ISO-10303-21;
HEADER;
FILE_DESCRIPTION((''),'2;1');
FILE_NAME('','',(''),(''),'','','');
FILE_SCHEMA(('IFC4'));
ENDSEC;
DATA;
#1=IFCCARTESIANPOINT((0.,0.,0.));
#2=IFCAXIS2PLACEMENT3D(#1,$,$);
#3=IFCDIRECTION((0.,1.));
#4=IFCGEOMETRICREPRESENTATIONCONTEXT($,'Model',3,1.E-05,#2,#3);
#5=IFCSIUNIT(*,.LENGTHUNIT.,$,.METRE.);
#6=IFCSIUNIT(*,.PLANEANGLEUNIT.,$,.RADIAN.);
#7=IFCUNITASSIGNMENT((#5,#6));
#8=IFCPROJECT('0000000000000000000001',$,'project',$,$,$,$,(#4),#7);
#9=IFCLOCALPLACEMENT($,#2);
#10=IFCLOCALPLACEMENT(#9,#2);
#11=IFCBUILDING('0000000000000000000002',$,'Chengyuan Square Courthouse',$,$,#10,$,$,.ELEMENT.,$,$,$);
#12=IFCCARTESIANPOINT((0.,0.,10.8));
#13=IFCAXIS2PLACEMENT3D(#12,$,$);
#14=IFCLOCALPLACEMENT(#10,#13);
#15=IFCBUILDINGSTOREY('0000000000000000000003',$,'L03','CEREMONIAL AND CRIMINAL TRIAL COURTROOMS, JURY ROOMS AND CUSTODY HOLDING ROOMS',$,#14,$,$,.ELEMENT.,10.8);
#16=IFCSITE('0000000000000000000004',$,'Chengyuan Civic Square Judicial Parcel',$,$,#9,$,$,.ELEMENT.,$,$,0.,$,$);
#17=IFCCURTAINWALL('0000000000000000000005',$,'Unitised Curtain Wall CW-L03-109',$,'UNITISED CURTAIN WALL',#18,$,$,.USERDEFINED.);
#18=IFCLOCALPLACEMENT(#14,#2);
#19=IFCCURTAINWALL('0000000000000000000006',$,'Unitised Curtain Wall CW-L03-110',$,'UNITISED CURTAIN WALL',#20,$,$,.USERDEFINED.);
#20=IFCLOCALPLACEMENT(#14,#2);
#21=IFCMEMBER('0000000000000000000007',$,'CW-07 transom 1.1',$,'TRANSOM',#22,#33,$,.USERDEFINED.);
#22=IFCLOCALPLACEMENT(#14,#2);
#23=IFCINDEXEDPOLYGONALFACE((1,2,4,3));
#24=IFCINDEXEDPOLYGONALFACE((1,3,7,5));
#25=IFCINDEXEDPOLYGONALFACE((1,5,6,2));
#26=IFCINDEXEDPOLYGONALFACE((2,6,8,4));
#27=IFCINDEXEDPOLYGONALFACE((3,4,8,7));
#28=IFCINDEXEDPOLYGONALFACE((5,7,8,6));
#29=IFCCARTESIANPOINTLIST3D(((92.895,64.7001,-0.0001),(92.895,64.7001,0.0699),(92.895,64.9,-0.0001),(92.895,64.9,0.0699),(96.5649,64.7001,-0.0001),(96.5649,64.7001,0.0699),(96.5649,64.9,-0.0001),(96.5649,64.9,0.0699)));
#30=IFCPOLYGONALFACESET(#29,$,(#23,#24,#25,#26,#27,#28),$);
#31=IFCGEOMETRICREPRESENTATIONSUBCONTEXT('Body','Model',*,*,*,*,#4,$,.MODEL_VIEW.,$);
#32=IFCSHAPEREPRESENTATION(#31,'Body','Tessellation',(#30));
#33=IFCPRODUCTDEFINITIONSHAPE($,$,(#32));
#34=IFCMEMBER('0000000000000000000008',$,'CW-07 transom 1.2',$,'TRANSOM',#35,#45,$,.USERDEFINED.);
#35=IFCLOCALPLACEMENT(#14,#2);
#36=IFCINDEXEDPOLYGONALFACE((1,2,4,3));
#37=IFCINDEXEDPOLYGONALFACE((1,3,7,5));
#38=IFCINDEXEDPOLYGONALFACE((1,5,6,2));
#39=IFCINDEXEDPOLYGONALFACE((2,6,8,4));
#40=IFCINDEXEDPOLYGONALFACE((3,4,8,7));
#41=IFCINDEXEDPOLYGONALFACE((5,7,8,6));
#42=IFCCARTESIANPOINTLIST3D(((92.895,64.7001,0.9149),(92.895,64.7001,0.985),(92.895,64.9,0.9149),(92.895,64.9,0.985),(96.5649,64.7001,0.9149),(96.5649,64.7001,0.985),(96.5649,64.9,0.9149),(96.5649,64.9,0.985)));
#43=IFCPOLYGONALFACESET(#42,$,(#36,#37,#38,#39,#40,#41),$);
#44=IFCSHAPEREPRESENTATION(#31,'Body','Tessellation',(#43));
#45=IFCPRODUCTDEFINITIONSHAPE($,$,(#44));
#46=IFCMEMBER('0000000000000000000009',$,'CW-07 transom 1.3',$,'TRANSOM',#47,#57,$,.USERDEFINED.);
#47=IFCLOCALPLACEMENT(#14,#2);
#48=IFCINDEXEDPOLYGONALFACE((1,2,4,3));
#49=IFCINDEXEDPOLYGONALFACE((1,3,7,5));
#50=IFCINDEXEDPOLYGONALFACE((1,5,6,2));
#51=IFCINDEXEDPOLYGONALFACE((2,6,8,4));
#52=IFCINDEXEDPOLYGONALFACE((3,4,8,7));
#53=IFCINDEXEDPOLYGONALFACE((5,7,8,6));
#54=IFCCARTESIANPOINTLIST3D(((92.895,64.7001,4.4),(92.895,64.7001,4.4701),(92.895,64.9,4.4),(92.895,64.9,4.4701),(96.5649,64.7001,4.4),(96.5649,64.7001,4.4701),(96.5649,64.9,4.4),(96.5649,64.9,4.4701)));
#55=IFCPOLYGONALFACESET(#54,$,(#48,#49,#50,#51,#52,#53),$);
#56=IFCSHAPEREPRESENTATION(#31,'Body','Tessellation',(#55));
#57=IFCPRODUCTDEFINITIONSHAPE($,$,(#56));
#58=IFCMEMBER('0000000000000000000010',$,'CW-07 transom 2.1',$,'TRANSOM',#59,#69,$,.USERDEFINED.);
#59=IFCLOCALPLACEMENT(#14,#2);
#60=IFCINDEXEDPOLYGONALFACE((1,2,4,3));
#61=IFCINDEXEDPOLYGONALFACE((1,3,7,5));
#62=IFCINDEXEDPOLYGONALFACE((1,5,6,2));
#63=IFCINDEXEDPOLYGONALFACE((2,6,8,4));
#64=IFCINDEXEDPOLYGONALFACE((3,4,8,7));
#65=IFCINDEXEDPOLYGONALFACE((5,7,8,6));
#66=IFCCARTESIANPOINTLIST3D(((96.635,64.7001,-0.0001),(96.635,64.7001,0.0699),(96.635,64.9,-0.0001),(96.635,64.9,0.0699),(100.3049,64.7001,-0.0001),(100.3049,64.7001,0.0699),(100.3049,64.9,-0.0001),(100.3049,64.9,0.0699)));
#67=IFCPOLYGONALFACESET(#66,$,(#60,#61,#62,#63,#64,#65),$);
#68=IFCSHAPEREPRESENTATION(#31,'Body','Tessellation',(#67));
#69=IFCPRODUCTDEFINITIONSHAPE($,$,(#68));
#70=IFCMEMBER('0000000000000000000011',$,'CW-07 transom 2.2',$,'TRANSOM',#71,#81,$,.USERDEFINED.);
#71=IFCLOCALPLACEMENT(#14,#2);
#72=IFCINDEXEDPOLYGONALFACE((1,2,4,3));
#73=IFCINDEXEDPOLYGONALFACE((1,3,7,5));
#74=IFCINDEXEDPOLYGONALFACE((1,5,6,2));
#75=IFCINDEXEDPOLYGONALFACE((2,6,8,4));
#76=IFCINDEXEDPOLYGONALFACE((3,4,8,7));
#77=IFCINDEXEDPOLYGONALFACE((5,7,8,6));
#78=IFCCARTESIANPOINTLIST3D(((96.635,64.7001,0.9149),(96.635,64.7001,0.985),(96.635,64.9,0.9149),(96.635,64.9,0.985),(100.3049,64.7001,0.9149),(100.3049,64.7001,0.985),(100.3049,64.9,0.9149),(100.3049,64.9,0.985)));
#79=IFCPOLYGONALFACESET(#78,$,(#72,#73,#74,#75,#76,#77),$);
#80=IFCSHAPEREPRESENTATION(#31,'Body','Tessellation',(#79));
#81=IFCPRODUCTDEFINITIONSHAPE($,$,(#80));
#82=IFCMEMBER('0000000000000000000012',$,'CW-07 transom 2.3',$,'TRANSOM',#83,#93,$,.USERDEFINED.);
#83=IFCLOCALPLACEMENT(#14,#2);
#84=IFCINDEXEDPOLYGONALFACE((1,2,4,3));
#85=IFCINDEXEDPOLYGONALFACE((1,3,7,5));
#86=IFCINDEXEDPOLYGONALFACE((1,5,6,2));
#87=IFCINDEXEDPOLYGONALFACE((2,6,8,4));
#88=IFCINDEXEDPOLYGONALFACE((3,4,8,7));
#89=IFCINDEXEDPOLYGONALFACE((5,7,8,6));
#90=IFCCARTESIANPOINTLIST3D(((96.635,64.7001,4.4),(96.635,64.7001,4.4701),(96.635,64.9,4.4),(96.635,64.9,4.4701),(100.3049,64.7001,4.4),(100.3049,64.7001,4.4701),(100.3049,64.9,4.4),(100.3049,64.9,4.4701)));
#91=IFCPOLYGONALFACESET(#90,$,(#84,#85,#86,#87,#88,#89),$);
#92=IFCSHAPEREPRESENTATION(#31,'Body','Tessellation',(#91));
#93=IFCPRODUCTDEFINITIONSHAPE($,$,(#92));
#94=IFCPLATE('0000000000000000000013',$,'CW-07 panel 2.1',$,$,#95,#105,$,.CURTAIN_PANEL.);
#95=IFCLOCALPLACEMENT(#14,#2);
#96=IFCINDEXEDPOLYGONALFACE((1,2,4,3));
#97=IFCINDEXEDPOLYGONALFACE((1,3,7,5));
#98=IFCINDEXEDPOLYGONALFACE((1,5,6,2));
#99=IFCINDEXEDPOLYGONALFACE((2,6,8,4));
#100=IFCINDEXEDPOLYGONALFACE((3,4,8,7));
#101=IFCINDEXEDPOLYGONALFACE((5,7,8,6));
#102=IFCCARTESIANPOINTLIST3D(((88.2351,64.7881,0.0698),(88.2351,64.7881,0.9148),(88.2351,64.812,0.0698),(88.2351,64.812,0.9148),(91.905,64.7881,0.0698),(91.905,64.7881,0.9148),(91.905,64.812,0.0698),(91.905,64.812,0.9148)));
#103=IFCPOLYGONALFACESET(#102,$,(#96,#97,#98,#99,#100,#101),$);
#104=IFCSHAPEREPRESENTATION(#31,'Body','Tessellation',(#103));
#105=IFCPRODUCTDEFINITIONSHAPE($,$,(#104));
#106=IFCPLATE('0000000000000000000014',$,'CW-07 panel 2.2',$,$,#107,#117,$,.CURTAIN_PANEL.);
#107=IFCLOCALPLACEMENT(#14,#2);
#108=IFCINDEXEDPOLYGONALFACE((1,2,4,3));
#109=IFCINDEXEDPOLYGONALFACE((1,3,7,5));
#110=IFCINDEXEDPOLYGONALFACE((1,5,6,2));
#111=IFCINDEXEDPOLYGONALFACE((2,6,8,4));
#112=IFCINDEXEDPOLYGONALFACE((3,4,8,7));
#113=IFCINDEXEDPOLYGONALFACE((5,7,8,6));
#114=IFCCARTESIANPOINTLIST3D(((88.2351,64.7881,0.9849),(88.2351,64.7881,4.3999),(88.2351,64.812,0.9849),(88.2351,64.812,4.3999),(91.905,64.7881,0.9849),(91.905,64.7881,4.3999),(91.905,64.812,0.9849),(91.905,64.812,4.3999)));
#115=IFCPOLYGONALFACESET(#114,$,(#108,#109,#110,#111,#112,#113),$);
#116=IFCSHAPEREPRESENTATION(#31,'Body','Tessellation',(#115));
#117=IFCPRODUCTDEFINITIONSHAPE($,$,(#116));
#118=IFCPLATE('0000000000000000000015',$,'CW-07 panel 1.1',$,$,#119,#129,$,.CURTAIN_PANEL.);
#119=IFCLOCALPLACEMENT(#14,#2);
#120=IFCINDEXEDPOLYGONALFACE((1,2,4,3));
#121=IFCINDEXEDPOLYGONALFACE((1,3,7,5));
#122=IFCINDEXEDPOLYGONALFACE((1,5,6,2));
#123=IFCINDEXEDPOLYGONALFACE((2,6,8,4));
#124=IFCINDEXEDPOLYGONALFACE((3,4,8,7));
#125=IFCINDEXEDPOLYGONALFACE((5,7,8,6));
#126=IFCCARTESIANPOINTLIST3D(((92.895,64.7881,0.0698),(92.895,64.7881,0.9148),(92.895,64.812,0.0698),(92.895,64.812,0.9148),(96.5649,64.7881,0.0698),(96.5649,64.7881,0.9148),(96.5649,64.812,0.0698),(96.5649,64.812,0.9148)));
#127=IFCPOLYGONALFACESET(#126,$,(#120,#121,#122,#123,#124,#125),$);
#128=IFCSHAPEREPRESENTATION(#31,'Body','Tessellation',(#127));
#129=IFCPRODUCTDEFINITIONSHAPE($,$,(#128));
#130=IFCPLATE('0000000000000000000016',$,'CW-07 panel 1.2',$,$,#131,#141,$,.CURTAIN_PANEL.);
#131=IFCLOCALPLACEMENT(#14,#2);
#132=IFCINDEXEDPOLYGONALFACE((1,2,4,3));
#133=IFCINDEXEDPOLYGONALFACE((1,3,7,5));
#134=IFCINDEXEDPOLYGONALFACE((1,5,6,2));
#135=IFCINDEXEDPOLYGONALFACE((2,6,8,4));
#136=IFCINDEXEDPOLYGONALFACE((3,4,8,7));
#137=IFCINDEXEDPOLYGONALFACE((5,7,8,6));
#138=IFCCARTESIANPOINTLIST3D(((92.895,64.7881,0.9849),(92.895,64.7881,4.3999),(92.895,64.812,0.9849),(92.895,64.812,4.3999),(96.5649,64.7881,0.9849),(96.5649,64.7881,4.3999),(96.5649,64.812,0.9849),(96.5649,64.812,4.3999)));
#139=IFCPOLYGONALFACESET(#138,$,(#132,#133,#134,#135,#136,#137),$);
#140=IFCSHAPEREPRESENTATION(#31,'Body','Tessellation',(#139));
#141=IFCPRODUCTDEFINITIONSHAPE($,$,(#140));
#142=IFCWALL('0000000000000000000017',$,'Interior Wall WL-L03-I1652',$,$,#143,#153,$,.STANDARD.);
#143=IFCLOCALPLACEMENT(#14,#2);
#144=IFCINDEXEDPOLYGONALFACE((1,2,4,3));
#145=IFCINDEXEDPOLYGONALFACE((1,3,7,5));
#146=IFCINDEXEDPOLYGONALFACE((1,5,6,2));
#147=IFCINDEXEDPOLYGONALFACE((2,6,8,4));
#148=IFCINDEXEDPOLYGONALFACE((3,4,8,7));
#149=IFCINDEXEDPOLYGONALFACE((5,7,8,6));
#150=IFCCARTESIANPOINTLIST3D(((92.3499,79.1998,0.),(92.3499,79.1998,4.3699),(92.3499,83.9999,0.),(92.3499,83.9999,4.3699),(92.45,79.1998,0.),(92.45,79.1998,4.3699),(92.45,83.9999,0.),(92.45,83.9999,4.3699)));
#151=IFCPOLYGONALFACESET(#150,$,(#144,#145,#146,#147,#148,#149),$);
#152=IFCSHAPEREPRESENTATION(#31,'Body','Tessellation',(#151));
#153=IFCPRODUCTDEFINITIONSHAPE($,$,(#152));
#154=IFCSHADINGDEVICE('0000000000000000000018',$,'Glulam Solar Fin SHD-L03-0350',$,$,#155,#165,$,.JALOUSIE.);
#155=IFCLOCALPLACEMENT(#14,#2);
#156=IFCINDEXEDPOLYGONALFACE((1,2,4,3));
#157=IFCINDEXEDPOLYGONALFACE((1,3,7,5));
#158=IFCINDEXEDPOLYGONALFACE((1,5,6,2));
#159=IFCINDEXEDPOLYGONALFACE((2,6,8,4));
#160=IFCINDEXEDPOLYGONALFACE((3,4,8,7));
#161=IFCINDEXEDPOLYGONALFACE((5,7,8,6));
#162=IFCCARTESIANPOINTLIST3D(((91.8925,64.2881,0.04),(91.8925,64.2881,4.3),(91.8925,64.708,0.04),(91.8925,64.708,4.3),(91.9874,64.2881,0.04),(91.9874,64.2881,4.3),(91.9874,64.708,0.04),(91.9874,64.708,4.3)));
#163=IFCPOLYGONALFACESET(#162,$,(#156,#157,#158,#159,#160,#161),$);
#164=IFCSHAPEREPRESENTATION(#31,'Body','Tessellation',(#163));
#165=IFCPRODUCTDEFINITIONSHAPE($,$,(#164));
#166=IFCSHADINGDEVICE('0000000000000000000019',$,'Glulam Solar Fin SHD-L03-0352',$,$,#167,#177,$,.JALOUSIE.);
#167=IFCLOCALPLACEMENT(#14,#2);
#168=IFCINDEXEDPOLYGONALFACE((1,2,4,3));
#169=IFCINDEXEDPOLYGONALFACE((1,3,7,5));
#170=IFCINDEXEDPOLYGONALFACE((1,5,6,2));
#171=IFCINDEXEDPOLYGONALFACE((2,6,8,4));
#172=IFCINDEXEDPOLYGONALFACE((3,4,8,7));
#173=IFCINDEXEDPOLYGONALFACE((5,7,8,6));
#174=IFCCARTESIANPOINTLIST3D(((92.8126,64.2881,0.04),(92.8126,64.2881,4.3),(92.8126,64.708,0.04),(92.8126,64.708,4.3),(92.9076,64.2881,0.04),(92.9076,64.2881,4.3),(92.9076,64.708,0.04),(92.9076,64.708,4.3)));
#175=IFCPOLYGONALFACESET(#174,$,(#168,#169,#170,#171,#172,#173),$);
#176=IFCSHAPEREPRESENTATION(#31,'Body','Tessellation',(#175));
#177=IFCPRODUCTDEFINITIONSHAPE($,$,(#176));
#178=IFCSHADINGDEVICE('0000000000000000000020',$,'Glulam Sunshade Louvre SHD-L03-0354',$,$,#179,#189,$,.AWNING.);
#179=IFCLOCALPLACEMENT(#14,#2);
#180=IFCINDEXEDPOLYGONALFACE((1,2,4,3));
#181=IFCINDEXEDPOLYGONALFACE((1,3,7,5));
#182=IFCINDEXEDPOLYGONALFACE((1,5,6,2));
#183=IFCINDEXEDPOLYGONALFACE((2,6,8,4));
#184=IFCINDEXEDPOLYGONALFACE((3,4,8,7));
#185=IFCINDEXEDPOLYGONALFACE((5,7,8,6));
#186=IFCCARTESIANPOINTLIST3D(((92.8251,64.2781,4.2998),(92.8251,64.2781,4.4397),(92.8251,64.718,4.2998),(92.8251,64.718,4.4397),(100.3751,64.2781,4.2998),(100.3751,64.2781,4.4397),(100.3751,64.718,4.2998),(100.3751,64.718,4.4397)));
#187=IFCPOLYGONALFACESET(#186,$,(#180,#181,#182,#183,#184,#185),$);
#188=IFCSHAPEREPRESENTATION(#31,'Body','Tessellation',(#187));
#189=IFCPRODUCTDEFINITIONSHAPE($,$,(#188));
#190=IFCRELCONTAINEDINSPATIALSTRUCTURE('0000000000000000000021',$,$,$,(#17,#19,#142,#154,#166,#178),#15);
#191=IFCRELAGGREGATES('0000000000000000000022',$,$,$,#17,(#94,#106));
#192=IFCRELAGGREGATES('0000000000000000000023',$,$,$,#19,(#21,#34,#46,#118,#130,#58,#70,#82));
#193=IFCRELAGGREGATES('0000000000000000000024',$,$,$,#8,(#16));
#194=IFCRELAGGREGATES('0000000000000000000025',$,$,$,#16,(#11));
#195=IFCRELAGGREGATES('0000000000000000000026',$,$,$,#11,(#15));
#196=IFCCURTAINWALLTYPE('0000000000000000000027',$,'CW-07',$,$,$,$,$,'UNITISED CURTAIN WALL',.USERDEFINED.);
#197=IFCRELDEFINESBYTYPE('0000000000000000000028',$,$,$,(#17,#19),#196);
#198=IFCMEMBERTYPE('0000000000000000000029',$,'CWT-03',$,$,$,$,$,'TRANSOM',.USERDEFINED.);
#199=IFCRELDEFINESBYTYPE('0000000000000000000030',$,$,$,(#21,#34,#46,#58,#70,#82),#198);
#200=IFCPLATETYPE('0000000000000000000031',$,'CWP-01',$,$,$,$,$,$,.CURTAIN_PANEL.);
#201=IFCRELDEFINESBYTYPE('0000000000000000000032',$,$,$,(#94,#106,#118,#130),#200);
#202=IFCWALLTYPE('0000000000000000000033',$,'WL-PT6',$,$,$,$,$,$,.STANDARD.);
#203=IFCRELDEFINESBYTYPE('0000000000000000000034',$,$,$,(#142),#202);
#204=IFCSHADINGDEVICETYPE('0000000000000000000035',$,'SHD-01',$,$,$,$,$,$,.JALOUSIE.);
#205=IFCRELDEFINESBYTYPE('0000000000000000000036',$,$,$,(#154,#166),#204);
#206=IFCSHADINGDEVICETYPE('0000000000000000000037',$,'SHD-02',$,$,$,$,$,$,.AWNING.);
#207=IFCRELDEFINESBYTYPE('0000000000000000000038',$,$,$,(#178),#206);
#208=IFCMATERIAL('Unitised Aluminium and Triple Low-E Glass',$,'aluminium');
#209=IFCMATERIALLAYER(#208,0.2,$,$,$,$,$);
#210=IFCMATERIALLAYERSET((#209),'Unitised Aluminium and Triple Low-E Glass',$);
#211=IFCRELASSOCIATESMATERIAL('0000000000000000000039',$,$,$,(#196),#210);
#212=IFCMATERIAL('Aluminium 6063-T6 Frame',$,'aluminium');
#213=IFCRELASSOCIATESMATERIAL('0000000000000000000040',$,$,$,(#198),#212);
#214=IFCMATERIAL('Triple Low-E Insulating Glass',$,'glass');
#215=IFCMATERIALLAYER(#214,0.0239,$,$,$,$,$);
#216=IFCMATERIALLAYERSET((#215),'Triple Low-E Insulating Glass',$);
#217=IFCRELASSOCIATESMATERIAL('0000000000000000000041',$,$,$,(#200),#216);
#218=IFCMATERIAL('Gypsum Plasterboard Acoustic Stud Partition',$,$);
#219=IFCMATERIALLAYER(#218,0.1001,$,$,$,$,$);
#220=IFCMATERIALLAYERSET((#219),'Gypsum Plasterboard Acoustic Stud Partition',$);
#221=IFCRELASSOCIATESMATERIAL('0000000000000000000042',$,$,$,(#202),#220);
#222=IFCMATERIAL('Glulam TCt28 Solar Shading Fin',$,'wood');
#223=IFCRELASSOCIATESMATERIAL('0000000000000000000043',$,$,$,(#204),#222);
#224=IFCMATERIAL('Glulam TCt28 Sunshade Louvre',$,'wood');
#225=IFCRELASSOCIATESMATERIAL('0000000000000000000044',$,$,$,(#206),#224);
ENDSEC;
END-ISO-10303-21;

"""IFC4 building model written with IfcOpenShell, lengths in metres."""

from ifc_helpers import new_model, si_unit, direction, frame, frame_2d, origin, origin_2d, place, context, subcontext, project, spatial, rectangle, extrude, material, layer, layer_set, material_profile, profile_set, type_object, element, aggregate, save


model = new_model("IFC4")

# Units and contexts
model_context = context("Model", 3, precision=1e-05, world=origin(), true_north=direction((0.0, 1.0)))
body_context = subcontext(model_context, "Body", "Model", "MODEL_VIEW")
ifc_project = project(units=[si_unit("LENGTHUNIT", "METRE"), si_unit("PLANEANGLEUNIT", "RADIAN")], contexts=[model_context])

# Site, building, storey
site_placement = place(None, origin())
site = spatial("IfcSite", under=ifc_project, at=site_placement, Name="Chengyuan Civic Square Judicial Parcel", CompositionType="ELEMENT", RefElevation=0.0)
building_placement = place(site_placement, origin())
building = spatial("IfcBuilding", under=site, at=building_placement, Name="Chengyuan Square Courthouse", CompositionType="ELEMENT")
storey_placement = place(building_placement, frame((0.0, 0.0, 10.8)))
storey = spatial("IfcBuildingStorey", under=building, at=storey_placement, Name="L03", Description="CEREMONIAL AND CRIMINAL TRIAL COURTROOMS, JURY ROOMS AND CUSTODY HOLDING ROOMS", CompositionType="ELEMENT", Elevation=10.8)

# Curtain wall
ifc_material_1 = material(Name="Unitised Aluminium and Triple Low-E Glass", Category="aluminium")
ifc_layer_1 = layer(ifc_material_1, 0.2)
ifc_layer_set_1 = layer_set([ifc_layer_1], Name="Unitised Aluminium and Triple Low-E Glass")
curtain_wall_type = type_object("IfcCurtainWallType", Name="CW-07", ElementType="UNITISED CURTAIN WALL", PredefinedType="USERDEFINED", material=ifc_layer_set_1)
curtain_wall_1_placement = place(storey_placement, origin())
curtain_wall_1 = element("IfcCurtainWall", 1, at=curtain_wall_1_placement, inside=storey, type_object=curtain_wall_type, Name="Unitised Curtain Wall CW-L03-109", ObjectType="UNITISED CURTAIN WALL", PredefinedType="USERDEFINED")
ifc_material_2 = material(Name="Aluminium 6063-T6 Frame", Category="aluminium")

# Curtain wall
curtain_wall_2_placement = place(storey_placement, origin())
curtain_wall_2 = element("IfcCurtainWall", 2, at=curtain_wall_2_placement, inside=storey, type_object=curtain_wall_type, Name="Unitised Curtain Wall CW-L03-110", ObjectType="UNITISED CURTAIN WALL", PredefinedType="USERDEFINED")

# Members
ifc_material_profile_1 = material_profile(ifc_material_2, rectangle(XDim=0.2, YDim=0.0701, at=origin_2d()), Name="CW-TRN-70x160")
ifc_profile_set_1 = profile_set([ifc_material_profile_1], Name="Aluminium 6063-T6 Frame")
member_type_1 = type_object("IfcMemberType", Name="CWT-03", ElementType="TRANSOM", PredefinedType="USERDEFINED", material=ifc_profile_set_1)
member_1_placement = place(storey_placement, frame((92.895, 64.8, 0.0349), z_axis=(1.0, 0.0, 0.0), x_axis=(0.0, 1.0, 0.0)))
member_1 = element("IfcMember", 3, at=member_1_placement, type_object=member_type_1, Name="CW-07 transom 1.1", ObjectType="TRANSOM", PredefinedType="USERDEFINED", context=body_context, shape_type="SweptSolid", body=[
    extrude(rectangle(XDim=0.2, YDim=0.0701, at=origin_2d()), origin(), (0.0, 0.0, 1.0), 3.6699),
])
member_2_placement = place(storey_placement, frame((92.895, 64.8, 0.95), z_axis=(1.0, 0.0, 0.0), x_axis=(0.0, 1.0, 0.0)))
member_2 = element("IfcMember", 4, at=member_2_placement, type_object=member_type_1, Name="CW-07 transom 1.2", ObjectType="TRANSOM", PredefinedType="USERDEFINED", context=body_context, shape_type="SweptSolid", body=[
    extrude(rectangle(XDim=0.2, YDim=0.0701, at=origin_2d()), origin(), (0.0, 0.0, 1.0), 3.6699),
])
member_3_placement = place(storey_placement, frame((92.895, 64.8, 4.4351), z_axis=(1.0, 0.0, 0.0), x_axis=(0.0, 1.0, 0.0)))
member_3 = element("IfcMember", 5, at=member_3_placement, type_object=member_type_1, Name="CW-07 transom 1.3", ObjectType="TRANSOM", PredefinedType="USERDEFINED", context=body_context, shape_type="SweptSolid", body=[
    extrude(rectangle(XDim=0.2, YDim=0.0701, at=origin_2d()), origin(), (0.0, 0.0, 1.0), 3.6699),
])
member_4_placement = place(storey_placement, frame((96.635, 64.8, 0.0349), z_axis=(1.0, 0.0, 0.0), x_axis=(0.0, 1.0, 0.0)))
member_4 = element("IfcMember", 6, at=member_4_placement, type_object=member_type_1, Name="CW-07 transom 2.1", ObjectType="TRANSOM", PredefinedType="USERDEFINED", context=body_context, shape_type="SweptSolid", body=[
    extrude(rectangle(XDim=0.2, YDim=0.0701, at=origin_2d()), origin(), (0.0, 0.0, 1.0), 3.6699),
])
member_5_placement = place(storey_placement, frame((96.635, 64.8, 0.95), z_axis=(1.0, 0.0, 0.0), x_axis=(0.0, 1.0, 0.0)))
member_5 = element("IfcMember", 7, at=member_5_placement, type_object=member_type_1, Name="CW-07 transom 2.2", ObjectType="TRANSOM", PredefinedType="USERDEFINED", context=body_context, shape_type="SweptSolid", body=[
    extrude(rectangle(XDim=0.2, YDim=0.0701, at=origin_2d()), origin(), (0.0, 0.0, 1.0), 3.6699),
])
member_6_placement = place(storey_placement, frame((96.635, 64.8, 4.4351), z_axis=(1.0, 0.0, 0.0), x_axis=(0.0, 1.0, 0.0)))
member_6 = element("IfcMember", 8, at=member_6_placement, type_object=member_type_1, Name="CW-07 transom 2.3", ObjectType="TRANSOM", PredefinedType="USERDEFINED", context=body_context, shape_type="SweptSolid", body=[
    extrude(rectangle(XDim=0.2, YDim=0.0701, at=origin_2d()), origin(), (0.0, 0.0, 1.0), 3.6699),
])

# Plates
ifc_material_3 = material(Name="Triple Low-E Insulating Glass", Category="glass")
ifc_layer_2 = layer(ifc_material_3, 0.0239)
ifc_layer_set_2 = layer_set([ifc_layer_2], Name="Triple Low-E Insulating Glass")
plate_type = type_object("IfcPlateType", Name="CWP-01", PredefinedType="CURTAIN_PANEL", material=ifc_layer_set_2)
plate_1_placement = place(storey_placement, frame((90.0701, 64.8, 0.0698), z_axis=(0.0, 0.0, 1.0), x_axis=(1.0, 0.0, 0.0)))
plate_1 = element("IfcPlate", 9, at=plate_1_placement, type_object=plate_type, Name="CW-07 panel 2.1", PredefinedType="CURTAIN_PANEL", context=body_context, shape_type="SweptSolid", body=[
    extrude(rectangle(XDim=3.6699, YDim=0.0239, at=origin_2d()), origin(), (0.0, 0.0, 1.0), 0.845),
])
plate_2_placement = place(storey_placement, frame((90.0701, 64.8, 0.9849), z_axis=(0.0, 0.0, 1.0), x_axis=(1.0, 0.0, 0.0)))
plate_2 = element("IfcPlate", 10, at=plate_2_placement, type_object=plate_type, Name="CW-07 panel 2.2", PredefinedType="CURTAIN_PANEL", context=body_context, shape_type="SweptSolid", body=[
    extrude(rectangle(XDim=3.6699, YDim=0.0239, at=origin_2d()), origin(), (0.0, 0.0, 1.0), 3.415),
])
aggregate(curtain_wall_1, [plate_1, plate_2])
plate_3_placement = place(storey_placement, frame((94.73, 64.8, 0.0698), z_axis=(0.0, 0.0, 1.0), x_axis=(1.0, 0.0, 0.0)))
plate_3 = element("IfcPlate", 11, at=plate_3_placement, type_object=plate_type, Name="CW-07 panel 1.1", PredefinedType="CURTAIN_PANEL", context=body_context, shape_type="SweptSolid", body=[
    extrude(rectangle(XDim=3.6699, YDim=0.0239, at=origin_2d()), origin(), (0.0, 0.0, 1.0), 0.845),
])
plate_4_placement = place(storey_placement, frame((94.73, 64.8, 0.9849), z_axis=(0.0, 0.0, 1.0), x_axis=(1.0, 0.0, 0.0)))
plate_4 = element("IfcPlate", 12, at=plate_4_placement, type_object=plate_type, Name="CW-07 panel 1.2", PredefinedType="CURTAIN_PANEL", context=body_context, shape_type="SweptSolid", body=[
    extrude(rectangle(XDim=3.6699, YDim=0.0239, at=origin_2d()), origin(), (0.0, 0.0, 1.0), 3.415),
])
aggregate(curtain_wall_2, [member_1, member_2, member_3, plate_3, plate_4, member_4, member_5, member_6])

# Wall
ifc_material_4 = material(Name="Gypsum Plasterboard Acoustic Stud Partition")
ifc_layer_3 = layer(ifc_material_4, 0.1001)
ifc_layer_set_3 = layer_set([ifc_layer_3], Name="Gypsum Plasterboard Acoustic Stud Partition")
wall_type = type_object("IfcWallType", Name="WL-PT6", PredefinedType="STANDARD", material=ifc_layer_set_3)
wall_placement = place(storey_placement, frame((92.3999, 79.2, 0.0), z_axis=(0.0, 0.0, 1.0), x_axis=(0.0, 1.0, 0.0)))
element("IfcWall", 13, at=wall_placement, inside=storey, type_object=wall_type, Name="Interior Wall WL-L03-I1652", PredefinedType="STANDARD", context=body_context, shape_type="SweptSolid", body=[
    extrude(rectangle(XDim=4.8, YDim=0.1001, at=frame_2d((2.3999, 0.0))), origin(), (0.0, 0.0, 1.0), 4.3699),
])

# Shading devices
ifc_material_5 = material(Name="Glulam TCt28 Solar Shading Fin", Category="wood")
shading_device_type_1 = type_object("IfcShadingDeviceType", Name="SHD-01", PredefinedType="JALOUSIE", material=ifc_material_5)
for number, where, z_axis, x_axis, name in (
    (14, (91.9399, 64.498, 0.04), (0.0, 0.0, 1.0), (0.0, 1.0, 0.0), "Glulam Solar Fin SHD-L03-0350"),
    (15, (92.8601, 64.498, 0.04), (0.0, 0.0, 1.0), (0.0, 1.0, 0.0), "Glulam Solar Fin SHD-L03-0352"),
):
    element("IfcShadingDevice", number, at=place(storey_placement, frame(where, z_axis=z_axis, x_axis=x_axis)), inside=storey, type_object=shading_device_type_1, Name=name, PredefinedType="JALOUSIE", context=body_context, shape_type="SweptSolid", body=[
        extrude(rectangle(XDim=0.4199, YDim=0.095, at=origin_2d()), origin(), (0.0, 0.0, 1.0), 4.26),
    ])
ifc_material_6 = material(Name="Glulam TCt28 Sunshade Louvre", Category="wood")
shading_device_type_2 = type_object("IfcShadingDeviceType", Name="SHD-02", PredefinedType="AWNING", material=ifc_material_6)
shading_device_placement = place(storey_placement, frame((96.6001, 64.498, 4.2998), z_axis=(0.0, 0.0, 1.0), x_axis=(1.0, 0.0, 0.0)))
element("IfcShadingDevice", 16, at=shading_device_placement, inside=storey, type_object=shading_device_type_2, Name="Glulam Sunshade Louvre SHD-L03-0354", PredefinedType="AWNING", context=body_context, shape_type="SweptSolid", body=[
    extrude(rectangle(XDim=7.55, YDim=0.4399, at=origin_2d()), origin(), (0.0, 0.0, 1.0), 0.1399),
])

save(model, "model.ifc")
